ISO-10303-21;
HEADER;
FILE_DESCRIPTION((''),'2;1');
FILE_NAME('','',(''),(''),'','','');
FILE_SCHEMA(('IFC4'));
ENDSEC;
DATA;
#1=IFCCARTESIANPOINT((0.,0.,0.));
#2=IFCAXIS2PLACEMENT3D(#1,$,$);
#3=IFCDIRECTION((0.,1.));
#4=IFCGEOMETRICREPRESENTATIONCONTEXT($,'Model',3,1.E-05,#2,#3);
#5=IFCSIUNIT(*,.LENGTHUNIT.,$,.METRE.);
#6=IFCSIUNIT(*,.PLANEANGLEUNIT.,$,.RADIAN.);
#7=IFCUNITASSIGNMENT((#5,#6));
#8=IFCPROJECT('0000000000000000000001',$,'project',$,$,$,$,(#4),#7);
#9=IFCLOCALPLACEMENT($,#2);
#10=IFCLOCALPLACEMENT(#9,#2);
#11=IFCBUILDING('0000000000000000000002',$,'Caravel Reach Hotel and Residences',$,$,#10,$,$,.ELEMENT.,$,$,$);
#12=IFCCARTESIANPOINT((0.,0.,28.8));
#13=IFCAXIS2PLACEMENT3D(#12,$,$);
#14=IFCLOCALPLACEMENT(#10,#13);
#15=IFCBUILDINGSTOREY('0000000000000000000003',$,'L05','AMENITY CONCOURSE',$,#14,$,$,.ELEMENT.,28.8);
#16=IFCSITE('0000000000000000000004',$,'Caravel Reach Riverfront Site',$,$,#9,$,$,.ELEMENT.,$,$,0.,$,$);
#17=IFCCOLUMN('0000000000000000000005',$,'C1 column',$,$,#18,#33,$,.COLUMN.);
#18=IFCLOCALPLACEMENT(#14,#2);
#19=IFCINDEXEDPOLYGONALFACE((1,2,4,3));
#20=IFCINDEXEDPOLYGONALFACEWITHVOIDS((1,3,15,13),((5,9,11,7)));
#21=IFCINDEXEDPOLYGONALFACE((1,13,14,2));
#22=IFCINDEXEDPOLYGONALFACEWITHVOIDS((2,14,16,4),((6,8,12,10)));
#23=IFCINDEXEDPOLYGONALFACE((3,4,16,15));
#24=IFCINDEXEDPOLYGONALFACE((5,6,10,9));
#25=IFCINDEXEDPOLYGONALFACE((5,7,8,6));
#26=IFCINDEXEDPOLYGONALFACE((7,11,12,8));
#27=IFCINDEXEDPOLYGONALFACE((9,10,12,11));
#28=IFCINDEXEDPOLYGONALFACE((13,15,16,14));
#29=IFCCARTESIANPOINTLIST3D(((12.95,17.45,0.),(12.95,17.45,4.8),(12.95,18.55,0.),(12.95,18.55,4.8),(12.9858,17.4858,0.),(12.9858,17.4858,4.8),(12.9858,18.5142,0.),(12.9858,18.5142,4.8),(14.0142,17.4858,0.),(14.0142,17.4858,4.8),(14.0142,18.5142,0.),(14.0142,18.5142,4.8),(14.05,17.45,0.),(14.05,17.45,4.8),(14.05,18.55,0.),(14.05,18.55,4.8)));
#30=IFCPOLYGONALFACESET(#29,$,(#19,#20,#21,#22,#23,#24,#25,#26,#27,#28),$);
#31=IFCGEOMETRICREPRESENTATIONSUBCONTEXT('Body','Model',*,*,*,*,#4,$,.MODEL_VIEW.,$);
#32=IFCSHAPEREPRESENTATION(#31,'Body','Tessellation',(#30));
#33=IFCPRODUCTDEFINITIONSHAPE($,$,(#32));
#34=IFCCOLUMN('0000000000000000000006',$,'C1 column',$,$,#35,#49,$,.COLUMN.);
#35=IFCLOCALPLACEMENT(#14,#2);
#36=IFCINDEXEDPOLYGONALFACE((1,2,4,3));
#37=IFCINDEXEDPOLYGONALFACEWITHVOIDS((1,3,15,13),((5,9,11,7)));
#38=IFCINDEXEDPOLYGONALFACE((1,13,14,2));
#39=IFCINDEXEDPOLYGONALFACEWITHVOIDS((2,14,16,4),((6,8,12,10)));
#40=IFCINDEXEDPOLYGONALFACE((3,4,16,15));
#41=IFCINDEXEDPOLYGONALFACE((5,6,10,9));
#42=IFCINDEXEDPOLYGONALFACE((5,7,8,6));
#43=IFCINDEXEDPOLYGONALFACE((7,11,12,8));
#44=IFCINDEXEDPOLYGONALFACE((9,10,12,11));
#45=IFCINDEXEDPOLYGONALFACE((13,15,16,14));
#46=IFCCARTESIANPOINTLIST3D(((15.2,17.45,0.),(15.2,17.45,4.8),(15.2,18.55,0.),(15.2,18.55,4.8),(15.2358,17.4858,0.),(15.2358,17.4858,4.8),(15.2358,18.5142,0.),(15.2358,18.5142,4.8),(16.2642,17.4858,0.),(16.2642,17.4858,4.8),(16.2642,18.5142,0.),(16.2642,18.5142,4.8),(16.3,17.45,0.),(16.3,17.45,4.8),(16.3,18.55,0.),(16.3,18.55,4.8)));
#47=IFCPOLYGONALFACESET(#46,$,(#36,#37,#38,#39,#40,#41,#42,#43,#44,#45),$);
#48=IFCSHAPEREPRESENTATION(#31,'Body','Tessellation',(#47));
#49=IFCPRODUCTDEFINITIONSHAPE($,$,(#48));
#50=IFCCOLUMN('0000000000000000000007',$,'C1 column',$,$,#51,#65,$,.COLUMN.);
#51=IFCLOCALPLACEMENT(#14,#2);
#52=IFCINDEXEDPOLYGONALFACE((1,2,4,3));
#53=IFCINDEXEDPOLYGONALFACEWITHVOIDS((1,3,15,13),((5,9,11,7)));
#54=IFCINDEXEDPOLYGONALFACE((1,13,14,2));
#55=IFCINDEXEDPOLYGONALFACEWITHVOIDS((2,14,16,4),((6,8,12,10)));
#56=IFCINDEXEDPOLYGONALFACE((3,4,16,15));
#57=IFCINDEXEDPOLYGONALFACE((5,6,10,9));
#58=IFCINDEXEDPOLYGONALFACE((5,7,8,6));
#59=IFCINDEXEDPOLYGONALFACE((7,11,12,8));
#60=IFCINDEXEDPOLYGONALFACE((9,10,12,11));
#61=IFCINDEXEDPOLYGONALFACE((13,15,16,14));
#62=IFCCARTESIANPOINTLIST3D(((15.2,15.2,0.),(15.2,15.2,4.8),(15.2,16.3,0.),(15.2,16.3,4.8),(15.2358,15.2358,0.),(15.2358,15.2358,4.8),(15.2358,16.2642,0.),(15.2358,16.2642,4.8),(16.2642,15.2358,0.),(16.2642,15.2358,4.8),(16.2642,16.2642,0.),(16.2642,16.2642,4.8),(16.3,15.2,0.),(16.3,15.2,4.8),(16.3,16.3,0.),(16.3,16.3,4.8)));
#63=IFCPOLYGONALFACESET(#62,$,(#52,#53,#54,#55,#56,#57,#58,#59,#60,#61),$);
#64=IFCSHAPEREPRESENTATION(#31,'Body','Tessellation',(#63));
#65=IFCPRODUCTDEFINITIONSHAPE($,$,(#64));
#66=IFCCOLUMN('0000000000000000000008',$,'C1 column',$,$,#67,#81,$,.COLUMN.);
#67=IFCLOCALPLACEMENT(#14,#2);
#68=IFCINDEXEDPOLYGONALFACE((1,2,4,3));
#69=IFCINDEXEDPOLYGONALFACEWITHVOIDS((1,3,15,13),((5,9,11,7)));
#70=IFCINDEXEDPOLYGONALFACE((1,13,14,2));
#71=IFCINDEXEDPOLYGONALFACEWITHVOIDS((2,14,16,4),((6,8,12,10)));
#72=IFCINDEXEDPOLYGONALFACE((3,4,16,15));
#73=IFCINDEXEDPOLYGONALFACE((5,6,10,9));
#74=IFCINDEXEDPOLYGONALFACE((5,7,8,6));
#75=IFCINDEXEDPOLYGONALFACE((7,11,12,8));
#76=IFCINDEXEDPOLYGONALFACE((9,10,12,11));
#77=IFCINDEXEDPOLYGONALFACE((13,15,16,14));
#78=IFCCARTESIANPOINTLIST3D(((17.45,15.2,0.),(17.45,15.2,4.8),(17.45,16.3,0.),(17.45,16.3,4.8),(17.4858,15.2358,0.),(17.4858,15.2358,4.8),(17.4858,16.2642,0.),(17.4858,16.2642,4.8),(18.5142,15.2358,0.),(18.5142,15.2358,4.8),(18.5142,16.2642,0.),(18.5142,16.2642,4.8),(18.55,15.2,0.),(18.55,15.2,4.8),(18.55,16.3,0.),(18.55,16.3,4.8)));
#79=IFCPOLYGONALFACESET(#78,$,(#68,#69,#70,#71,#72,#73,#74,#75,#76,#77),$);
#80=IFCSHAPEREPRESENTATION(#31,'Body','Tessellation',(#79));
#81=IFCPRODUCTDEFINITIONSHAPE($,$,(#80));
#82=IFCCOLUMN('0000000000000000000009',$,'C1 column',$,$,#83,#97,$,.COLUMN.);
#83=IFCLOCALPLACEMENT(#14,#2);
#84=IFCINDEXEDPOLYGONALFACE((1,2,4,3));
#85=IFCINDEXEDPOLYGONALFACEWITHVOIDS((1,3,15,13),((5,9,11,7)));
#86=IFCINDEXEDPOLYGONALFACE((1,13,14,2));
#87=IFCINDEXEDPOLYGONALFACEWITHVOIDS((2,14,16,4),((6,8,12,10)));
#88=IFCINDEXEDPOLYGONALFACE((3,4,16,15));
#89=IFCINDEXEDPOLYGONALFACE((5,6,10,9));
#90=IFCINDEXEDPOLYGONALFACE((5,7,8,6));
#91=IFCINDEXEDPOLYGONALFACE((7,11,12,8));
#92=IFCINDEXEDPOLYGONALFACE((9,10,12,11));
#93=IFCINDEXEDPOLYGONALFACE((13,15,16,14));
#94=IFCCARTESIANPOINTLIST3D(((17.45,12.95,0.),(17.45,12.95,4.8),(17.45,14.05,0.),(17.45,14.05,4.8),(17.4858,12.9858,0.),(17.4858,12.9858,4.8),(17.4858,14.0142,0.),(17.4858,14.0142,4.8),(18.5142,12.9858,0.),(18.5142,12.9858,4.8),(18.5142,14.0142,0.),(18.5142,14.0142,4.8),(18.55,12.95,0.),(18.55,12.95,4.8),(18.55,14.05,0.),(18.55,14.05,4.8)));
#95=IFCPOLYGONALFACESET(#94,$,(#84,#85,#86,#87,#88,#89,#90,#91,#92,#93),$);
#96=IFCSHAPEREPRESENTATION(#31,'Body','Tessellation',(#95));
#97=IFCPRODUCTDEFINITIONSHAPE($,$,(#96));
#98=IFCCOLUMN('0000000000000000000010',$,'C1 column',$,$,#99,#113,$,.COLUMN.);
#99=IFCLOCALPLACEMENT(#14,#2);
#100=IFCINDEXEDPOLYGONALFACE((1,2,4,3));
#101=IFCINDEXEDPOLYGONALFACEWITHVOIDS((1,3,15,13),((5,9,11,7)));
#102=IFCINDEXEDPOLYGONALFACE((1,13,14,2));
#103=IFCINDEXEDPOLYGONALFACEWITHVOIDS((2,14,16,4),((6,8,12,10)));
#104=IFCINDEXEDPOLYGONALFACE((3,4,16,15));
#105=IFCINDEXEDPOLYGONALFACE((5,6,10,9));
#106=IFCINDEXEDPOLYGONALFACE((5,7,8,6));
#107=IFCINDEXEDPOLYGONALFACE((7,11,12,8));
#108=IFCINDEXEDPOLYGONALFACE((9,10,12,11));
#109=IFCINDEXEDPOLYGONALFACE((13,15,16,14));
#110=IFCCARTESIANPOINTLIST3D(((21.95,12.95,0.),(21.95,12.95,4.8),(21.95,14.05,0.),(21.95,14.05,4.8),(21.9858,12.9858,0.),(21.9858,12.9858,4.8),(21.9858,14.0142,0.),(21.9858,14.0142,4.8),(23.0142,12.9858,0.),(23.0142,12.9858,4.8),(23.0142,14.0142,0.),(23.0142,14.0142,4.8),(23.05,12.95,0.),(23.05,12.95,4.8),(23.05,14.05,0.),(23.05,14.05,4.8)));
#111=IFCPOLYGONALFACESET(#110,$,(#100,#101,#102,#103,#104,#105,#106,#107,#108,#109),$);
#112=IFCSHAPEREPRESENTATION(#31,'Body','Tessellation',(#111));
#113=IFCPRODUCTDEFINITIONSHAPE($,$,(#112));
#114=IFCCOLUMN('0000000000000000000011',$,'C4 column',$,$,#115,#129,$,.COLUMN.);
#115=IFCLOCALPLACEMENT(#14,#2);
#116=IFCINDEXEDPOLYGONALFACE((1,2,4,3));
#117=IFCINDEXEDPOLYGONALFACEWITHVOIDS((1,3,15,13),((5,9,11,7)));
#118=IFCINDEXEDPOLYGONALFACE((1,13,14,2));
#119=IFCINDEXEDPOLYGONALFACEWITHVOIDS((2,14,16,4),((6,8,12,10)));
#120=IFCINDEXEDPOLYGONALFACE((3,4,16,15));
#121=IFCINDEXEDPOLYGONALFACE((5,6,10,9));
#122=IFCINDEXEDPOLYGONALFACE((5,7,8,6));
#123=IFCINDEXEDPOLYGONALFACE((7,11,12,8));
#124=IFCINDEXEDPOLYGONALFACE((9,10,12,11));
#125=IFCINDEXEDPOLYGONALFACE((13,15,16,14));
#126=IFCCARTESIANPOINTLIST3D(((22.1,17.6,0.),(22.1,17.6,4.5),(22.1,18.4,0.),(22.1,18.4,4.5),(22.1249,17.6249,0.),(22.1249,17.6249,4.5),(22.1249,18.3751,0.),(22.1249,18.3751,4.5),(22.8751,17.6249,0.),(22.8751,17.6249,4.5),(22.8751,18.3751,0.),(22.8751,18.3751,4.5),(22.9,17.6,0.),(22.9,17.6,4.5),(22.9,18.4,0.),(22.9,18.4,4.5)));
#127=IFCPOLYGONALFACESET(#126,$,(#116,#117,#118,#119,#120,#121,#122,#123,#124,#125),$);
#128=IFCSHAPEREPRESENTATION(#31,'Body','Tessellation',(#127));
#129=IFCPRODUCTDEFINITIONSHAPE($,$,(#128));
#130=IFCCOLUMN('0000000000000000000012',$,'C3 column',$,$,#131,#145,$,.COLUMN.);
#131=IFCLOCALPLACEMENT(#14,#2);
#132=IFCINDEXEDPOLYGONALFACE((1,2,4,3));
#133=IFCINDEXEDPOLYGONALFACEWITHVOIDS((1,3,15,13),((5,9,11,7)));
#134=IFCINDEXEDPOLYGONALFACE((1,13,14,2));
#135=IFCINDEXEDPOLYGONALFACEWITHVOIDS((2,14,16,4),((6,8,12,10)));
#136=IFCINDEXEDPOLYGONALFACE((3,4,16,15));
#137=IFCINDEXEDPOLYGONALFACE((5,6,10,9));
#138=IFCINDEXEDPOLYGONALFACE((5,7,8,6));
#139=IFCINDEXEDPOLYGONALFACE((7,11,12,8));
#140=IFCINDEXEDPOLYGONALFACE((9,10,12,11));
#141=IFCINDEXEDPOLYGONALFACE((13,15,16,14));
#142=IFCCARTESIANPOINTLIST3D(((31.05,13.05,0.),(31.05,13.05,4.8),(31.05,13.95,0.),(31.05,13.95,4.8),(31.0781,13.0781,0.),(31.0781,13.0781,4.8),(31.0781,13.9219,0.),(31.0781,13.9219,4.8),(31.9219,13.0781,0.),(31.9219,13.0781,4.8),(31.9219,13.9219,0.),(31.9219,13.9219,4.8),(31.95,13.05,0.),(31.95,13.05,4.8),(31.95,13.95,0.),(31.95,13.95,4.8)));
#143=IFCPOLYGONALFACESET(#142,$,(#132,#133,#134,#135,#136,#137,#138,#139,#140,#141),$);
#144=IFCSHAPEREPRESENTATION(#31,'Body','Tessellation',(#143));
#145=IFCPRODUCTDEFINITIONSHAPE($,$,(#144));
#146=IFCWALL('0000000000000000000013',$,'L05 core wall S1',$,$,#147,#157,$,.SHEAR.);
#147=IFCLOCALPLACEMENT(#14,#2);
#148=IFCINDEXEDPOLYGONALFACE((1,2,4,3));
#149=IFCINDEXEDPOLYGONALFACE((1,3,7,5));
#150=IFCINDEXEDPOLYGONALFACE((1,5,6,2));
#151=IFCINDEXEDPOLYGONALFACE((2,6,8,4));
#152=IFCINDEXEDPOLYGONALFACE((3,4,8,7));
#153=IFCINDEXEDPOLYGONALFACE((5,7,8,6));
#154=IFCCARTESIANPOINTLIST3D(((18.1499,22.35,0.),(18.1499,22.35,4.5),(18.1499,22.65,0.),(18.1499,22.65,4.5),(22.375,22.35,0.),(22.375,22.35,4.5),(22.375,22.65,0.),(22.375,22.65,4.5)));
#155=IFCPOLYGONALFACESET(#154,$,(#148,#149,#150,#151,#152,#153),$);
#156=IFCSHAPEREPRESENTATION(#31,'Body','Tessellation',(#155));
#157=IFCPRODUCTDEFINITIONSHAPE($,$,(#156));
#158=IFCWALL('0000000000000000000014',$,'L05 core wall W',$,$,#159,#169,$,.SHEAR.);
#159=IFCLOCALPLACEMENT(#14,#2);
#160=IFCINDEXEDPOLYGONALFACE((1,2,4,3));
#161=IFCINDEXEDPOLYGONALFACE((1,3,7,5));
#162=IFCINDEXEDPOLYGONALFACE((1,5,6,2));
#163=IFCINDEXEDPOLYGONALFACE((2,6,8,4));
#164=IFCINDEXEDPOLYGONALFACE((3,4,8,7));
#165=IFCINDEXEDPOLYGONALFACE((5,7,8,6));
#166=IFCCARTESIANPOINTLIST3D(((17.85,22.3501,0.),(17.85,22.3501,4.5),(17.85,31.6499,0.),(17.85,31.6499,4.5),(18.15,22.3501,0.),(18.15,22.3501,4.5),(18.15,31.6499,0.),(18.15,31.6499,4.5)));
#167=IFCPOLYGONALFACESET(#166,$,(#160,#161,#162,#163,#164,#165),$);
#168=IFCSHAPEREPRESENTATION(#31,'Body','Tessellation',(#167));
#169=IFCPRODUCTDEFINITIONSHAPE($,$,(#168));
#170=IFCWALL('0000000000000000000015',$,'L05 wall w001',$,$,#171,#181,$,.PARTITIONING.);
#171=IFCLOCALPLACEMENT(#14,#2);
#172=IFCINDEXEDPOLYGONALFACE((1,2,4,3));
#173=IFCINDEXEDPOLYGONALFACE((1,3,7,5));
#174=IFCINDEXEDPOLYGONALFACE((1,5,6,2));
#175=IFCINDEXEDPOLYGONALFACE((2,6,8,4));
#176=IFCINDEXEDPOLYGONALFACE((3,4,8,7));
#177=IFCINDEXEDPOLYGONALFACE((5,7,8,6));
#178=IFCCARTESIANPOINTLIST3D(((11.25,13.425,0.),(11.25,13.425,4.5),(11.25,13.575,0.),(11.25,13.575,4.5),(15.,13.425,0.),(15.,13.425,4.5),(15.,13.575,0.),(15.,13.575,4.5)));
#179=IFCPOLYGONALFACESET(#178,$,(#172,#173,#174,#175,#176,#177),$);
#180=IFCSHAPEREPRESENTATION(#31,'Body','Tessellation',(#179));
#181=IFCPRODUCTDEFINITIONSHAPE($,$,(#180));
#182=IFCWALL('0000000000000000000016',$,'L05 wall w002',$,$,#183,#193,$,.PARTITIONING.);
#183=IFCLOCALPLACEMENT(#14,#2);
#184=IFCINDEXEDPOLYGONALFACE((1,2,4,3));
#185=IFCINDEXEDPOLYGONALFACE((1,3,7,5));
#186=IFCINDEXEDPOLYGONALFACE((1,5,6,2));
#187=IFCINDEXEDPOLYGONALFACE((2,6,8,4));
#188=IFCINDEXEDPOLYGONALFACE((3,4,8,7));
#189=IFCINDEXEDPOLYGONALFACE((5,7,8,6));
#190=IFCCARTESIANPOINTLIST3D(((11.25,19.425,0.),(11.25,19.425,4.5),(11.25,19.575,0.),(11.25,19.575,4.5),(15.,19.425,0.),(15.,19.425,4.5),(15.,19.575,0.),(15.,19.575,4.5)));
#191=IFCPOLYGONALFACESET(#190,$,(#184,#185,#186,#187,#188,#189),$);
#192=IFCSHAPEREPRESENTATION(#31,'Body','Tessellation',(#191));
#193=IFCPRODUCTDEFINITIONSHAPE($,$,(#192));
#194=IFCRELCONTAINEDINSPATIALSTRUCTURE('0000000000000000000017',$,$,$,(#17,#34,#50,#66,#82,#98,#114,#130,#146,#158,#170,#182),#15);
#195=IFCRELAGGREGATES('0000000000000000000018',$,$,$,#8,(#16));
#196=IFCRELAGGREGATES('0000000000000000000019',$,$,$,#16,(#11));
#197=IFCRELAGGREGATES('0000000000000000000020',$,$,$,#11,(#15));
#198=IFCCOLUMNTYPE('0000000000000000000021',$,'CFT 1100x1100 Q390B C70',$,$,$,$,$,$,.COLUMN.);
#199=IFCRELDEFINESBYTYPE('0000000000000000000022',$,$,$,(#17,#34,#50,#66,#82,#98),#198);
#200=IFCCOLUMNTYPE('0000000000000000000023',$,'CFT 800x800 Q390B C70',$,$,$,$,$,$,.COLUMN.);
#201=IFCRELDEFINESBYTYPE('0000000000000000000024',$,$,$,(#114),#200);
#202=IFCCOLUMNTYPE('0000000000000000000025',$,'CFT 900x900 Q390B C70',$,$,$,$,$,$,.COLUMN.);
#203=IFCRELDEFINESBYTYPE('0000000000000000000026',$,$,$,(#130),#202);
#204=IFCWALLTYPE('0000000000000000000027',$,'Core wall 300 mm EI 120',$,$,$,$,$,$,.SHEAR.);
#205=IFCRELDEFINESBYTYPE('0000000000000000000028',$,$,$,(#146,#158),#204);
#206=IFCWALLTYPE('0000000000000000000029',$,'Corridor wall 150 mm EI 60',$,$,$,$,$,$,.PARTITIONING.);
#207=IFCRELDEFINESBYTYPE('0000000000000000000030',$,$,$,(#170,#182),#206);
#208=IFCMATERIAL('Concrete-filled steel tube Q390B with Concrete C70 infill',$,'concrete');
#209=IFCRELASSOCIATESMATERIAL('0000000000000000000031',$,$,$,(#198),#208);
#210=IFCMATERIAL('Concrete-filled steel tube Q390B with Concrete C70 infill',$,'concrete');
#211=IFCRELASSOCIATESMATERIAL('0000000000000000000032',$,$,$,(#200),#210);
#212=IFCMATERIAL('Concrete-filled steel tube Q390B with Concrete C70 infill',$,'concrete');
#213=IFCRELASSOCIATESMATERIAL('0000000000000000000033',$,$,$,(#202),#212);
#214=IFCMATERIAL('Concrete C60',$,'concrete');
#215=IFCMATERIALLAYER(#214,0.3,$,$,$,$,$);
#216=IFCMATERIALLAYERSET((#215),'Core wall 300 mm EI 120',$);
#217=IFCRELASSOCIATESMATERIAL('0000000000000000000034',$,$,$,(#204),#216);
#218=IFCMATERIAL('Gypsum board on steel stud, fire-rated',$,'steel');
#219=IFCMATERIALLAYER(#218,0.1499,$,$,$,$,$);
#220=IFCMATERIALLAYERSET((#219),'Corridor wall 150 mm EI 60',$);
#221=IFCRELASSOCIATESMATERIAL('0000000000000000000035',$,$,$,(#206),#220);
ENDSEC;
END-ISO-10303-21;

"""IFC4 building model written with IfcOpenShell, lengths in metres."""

from ifc_helpers import new_model, si_unit, direction, frame, frame_2d, origin, origin_2d, place, context, subcontext, project, spatial, rectangle, hollow_rectangle, extrude, material, layer, layer_set, material_profile, profile_set, type_object, element, save


model = new_model("IFC4")

# Units and contexts
model_context = context("Model", 3, precision=1e-05, world=origin(), true_north=direction((0.0, 1.0)))
body_context = subcontext(model_context, "Body", "Model", "MODEL_VIEW")
ifc_project = project(units=[si_unit("LENGTHUNIT", "METRE"), si_unit("PLANEANGLEUNIT", "RADIAN")], contexts=[model_context])

# Site, building, storey
site_placement = place(None, origin())
site = spatial("IfcSite", under=ifc_project, at=site_placement, Name="Caravel Reach Riverfront Site", CompositionType="ELEMENT", RefElevation=0.0)
building_placement = place(site_placement, origin())
building = spatial("IfcBuilding", under=site, at=building_placement, Name="Caravel Reach Hotel and Residences", CompositionType="ELEMENT")
storey_placement = place(building_placement, frame((0.0, 0.0, 28.8)))
storey = spatial("IfcBuildingStorey", under=building, at=storey_placement, Name="L05", Description="AMENITY CONCOURSE", CompositionType="ELEMENT", Elevation=28.8)

# Columns
ifc_material_1 = material(Name="Concrete-filled steel tube Q390B with Concrete C70 infill", Category="concrete")
ifc_material_profile_1 = material_profile(ifc_material_1, hollow_rectangle(XDim=1.1001, YDim=1.1001, WallThickness=0.0359, at=origin_2d()), Name="RHS 1100x1100x36")
ifc_profile_set_1 = profile_set([ifc_material_profile_1], Name="Concrete-filled steel tube Q390B with Concrete C70 infill")
column_type_1 = type_object("IfcColumnType", Name="CFT 1100x1100 Q390B C70", PredefinedType="COLUMN", material=ifc_profile_set_1)
for number, where, z_axis, x_axis, name in (
    (1, (13.5, 18.0, 0.0), (0.0, 0.0, 1.0), (1.0, 0.0, 0.0), "C1 column"),
    (2, (15.75, 18.0, 0.0), (0.0, 0.0, 1.0), (1.0, 0.0, 0.0), "C1 column"),
    (3, (15.75, 15.75, 0.0), (0.0, 0.0, 1.0), (1.0, 0.0, 0.0), "C1 column"),
    (4, (18.0, 15.75, 0.0), (0.0, 0.0, 1.0), (1.0, 0.0, 0.0), "C1 column"),
    (5, (18.0, 13.5, 0.0), (0.0, 0.0, 1.0), (1.0, 0.0, 0.0), "C1 column"),
    (6, (22.5, 13.5, 0.0), (0.0, 0.0, 1.0), (1.0, 0.0, 0.0), "C1 column"),
):
    element("IfcColumn", number, at=place(storey_placement, frame(where, z_axis=z_axis, x_axis=x_axis)), inside=storey, type_object=column_type_1, Name=name, PredefinedType="COLUMN", context=body_context, shape_type="SweptSolid", body=[
        extrude(hollow_rectangle(XDim=1.1001, YDim=1.1001, WallThickness=0.0359, at=origin_2d()), origin(), (0.0, 0.0, 1.0), 4.8),
    ])
ifc_material_2 = material(Name="Concrete-filled steel tube Q390B with Concrete C70 infill", Category="concrete")
ifc_material_profile_2 = material_profile(ifc_material_2, hollow_rectangle(XDim=0.8, YDim=0.8, WallThickness=0.0249, at=origin_2d()), Name="RHS 800x800x25")
ifc_profile_set_2 = profile_set([ifc_material_profile_2], Name="Concrete-filled steel tube Q390B with Concrete C70 infill")
column_type_2 = type_object("IfcColumnType", Name="CFT 800x800 Q390B C70", PredefinedType="COLUMN", material=ifc_profile_set_2)
column_1_placement = place(storey_placement, frame((22.5, 18.0, 0.0), z_axis=(0.0, 0.0, 1.0), x_axis=(1.0, 0.0, 0.0)))
element("IfcColumn", 7, at=column_1_placement, inside=storey, type_object=column_type_2, Name="C4 column", PredefinedType="COLUMN", context=body_context, shape_type="SweptSolid", body=[
    extrude(hollow_rectangle(XDim=0.8, YDim=0.8, WallThickness=0.0249, at=origin_2d()), origin(), (0.0, 0.0, 1.0), 4.5),
])
ifc_material_3 = material(Name="Concrete-filled steel tube Q390B with Concrete C70 infill", Category="concrete")
ifc_material_profile_3 = material_profile(ifc_material_3, hollow_rectangle(XDim=0.8999, YDim=0.8999, WallThickness=0.0281, at=origin_2d()), Name="RHS 900x900x28")
ifc_profile_set_3 = profile_set([ifc_material_profile_3], Name="Concrete-filled steel tube Q390B with Concrete C70 infill")
column_type_3 = type_object("IfcColumnType", Name="CFT 900x900 Q390B C70", PredefinedType="COLUMN", material=ifc_profile_set_3)
column_2_placement = place(storey_placement, frame((31.5, 13.5, 0.0), z_axis=(0.0, 0.0, 1.0), x_axis=(1.0, 0.0, 0.0)))
element("IfcColumn", 8, at=column_2_placement, inside=storey, type_object=column_type_3, Name="C3 column", PredefinedType="COLUMN", context=body_context, shape_type="SweptSolid", body=[
    extrude(hollow_rectangle(XDim=0.8999, YDim=0.8999, WallThickness=0.0281, at=origin_2d()), origin(), (0.0, 0.0, 1.0), 4.8),
])

# Walls
ifc_material_4 = material(Name="Concrete C60", Category="concrete")
ifc_layer_1 = layer(ifc_material_4, 0.3)
ifc_layer_set_1 = layer_set([ifc_layer_1], Name="Core wall 300 mm EI 120")
wall_type_1 = type_object("IfcWallType", Name="Core wall 300 mm EI 120", PredefinedType="SHEAR", material=ifc_layer_set_1)
wall_1_placement = place(storey_placement, frame((18.1499, 22.5, 0.0), z_axis=(0.0, 0.0, 1.0), x_axis=(1.0, 0.0, 0.0)))
element("IfcWall", 9, at=wall_1_placement, inside=storey, type_object=wall_type_1, Name="L05 core wall S1", PredefinedType="SHEAR", context=body_context, shape_type="SweptSolid", body=[
    extrude(rectangle(XDim=4.2251, YDim=0.3, at=frame_2d((2.1125, 0.0))), origin(), (0.0, 0.0, 1.0), 4.5),
])
wall_2_placement = place(storey_placement, frame((18.0, 22.3501, 0.0), z_axis=(0.0, 0.0, 1.0), x_axis=(0.0, 1.0, 0.0)))
element("IfcWall", 10, at=wall_2_placement, inside=storey, type_object=wall_type_1, Name="L05 core wall W", PredefinedType="SHEAR", context=body_context, shape_type="SweptSolid", body=[
    extrude(rectangle(XDim=9.2998, YDim=0.3, at=frame_2d((4.6499, 0.0))), origin(), (0.0, 0.0, 1.0), 4.5),
])
ifc_material_5 = material(Name="Gypsum board on steel stud, fire-rated", Category="steel")
ifc_layer_2 = layer(ifc_material_5, 0.1499)
ifc_layer_set_2 = layer_set([ifc_layer_2], Name="Corridor wall 150 mm EI 60")
wall_type_2 = type_object("IfcWallType", Name="Corridor wall 150 mm EI 60", PredefinedType="PARTITIONING", material=ifc_layer_set_2)
for number, where, z_axis, x_axis, name in (
    (11, (11.25, 13.5, 0.0), (0.0, 0.0, 1.0), (1.0, 0.0, 0.0), "L05 wall w001"),
    (12, (11.25, 19.5, 0.0), (0.0, 0.0, 1.0), (1.0, 0.0, 0.0), "L05 wall w002"),
):
    element("IfcWall", number, at=place(storey_placement, frame(where, z_axis=z_axis, x_axis=x_axis)), inside=storey, type_object=wall_type_2, Name=name, PredefinedType="PARTITIONING", context=body_context, shape_type="SweptSolid", body=[
        extrude(rectangle(XDim=3.75, YDim=0.1499, at=frame_2d((1.875, 0.0))), origin(), (0.0, 0.0, 1.0), 4.5),
    ])

save(model, "model.ifc")
